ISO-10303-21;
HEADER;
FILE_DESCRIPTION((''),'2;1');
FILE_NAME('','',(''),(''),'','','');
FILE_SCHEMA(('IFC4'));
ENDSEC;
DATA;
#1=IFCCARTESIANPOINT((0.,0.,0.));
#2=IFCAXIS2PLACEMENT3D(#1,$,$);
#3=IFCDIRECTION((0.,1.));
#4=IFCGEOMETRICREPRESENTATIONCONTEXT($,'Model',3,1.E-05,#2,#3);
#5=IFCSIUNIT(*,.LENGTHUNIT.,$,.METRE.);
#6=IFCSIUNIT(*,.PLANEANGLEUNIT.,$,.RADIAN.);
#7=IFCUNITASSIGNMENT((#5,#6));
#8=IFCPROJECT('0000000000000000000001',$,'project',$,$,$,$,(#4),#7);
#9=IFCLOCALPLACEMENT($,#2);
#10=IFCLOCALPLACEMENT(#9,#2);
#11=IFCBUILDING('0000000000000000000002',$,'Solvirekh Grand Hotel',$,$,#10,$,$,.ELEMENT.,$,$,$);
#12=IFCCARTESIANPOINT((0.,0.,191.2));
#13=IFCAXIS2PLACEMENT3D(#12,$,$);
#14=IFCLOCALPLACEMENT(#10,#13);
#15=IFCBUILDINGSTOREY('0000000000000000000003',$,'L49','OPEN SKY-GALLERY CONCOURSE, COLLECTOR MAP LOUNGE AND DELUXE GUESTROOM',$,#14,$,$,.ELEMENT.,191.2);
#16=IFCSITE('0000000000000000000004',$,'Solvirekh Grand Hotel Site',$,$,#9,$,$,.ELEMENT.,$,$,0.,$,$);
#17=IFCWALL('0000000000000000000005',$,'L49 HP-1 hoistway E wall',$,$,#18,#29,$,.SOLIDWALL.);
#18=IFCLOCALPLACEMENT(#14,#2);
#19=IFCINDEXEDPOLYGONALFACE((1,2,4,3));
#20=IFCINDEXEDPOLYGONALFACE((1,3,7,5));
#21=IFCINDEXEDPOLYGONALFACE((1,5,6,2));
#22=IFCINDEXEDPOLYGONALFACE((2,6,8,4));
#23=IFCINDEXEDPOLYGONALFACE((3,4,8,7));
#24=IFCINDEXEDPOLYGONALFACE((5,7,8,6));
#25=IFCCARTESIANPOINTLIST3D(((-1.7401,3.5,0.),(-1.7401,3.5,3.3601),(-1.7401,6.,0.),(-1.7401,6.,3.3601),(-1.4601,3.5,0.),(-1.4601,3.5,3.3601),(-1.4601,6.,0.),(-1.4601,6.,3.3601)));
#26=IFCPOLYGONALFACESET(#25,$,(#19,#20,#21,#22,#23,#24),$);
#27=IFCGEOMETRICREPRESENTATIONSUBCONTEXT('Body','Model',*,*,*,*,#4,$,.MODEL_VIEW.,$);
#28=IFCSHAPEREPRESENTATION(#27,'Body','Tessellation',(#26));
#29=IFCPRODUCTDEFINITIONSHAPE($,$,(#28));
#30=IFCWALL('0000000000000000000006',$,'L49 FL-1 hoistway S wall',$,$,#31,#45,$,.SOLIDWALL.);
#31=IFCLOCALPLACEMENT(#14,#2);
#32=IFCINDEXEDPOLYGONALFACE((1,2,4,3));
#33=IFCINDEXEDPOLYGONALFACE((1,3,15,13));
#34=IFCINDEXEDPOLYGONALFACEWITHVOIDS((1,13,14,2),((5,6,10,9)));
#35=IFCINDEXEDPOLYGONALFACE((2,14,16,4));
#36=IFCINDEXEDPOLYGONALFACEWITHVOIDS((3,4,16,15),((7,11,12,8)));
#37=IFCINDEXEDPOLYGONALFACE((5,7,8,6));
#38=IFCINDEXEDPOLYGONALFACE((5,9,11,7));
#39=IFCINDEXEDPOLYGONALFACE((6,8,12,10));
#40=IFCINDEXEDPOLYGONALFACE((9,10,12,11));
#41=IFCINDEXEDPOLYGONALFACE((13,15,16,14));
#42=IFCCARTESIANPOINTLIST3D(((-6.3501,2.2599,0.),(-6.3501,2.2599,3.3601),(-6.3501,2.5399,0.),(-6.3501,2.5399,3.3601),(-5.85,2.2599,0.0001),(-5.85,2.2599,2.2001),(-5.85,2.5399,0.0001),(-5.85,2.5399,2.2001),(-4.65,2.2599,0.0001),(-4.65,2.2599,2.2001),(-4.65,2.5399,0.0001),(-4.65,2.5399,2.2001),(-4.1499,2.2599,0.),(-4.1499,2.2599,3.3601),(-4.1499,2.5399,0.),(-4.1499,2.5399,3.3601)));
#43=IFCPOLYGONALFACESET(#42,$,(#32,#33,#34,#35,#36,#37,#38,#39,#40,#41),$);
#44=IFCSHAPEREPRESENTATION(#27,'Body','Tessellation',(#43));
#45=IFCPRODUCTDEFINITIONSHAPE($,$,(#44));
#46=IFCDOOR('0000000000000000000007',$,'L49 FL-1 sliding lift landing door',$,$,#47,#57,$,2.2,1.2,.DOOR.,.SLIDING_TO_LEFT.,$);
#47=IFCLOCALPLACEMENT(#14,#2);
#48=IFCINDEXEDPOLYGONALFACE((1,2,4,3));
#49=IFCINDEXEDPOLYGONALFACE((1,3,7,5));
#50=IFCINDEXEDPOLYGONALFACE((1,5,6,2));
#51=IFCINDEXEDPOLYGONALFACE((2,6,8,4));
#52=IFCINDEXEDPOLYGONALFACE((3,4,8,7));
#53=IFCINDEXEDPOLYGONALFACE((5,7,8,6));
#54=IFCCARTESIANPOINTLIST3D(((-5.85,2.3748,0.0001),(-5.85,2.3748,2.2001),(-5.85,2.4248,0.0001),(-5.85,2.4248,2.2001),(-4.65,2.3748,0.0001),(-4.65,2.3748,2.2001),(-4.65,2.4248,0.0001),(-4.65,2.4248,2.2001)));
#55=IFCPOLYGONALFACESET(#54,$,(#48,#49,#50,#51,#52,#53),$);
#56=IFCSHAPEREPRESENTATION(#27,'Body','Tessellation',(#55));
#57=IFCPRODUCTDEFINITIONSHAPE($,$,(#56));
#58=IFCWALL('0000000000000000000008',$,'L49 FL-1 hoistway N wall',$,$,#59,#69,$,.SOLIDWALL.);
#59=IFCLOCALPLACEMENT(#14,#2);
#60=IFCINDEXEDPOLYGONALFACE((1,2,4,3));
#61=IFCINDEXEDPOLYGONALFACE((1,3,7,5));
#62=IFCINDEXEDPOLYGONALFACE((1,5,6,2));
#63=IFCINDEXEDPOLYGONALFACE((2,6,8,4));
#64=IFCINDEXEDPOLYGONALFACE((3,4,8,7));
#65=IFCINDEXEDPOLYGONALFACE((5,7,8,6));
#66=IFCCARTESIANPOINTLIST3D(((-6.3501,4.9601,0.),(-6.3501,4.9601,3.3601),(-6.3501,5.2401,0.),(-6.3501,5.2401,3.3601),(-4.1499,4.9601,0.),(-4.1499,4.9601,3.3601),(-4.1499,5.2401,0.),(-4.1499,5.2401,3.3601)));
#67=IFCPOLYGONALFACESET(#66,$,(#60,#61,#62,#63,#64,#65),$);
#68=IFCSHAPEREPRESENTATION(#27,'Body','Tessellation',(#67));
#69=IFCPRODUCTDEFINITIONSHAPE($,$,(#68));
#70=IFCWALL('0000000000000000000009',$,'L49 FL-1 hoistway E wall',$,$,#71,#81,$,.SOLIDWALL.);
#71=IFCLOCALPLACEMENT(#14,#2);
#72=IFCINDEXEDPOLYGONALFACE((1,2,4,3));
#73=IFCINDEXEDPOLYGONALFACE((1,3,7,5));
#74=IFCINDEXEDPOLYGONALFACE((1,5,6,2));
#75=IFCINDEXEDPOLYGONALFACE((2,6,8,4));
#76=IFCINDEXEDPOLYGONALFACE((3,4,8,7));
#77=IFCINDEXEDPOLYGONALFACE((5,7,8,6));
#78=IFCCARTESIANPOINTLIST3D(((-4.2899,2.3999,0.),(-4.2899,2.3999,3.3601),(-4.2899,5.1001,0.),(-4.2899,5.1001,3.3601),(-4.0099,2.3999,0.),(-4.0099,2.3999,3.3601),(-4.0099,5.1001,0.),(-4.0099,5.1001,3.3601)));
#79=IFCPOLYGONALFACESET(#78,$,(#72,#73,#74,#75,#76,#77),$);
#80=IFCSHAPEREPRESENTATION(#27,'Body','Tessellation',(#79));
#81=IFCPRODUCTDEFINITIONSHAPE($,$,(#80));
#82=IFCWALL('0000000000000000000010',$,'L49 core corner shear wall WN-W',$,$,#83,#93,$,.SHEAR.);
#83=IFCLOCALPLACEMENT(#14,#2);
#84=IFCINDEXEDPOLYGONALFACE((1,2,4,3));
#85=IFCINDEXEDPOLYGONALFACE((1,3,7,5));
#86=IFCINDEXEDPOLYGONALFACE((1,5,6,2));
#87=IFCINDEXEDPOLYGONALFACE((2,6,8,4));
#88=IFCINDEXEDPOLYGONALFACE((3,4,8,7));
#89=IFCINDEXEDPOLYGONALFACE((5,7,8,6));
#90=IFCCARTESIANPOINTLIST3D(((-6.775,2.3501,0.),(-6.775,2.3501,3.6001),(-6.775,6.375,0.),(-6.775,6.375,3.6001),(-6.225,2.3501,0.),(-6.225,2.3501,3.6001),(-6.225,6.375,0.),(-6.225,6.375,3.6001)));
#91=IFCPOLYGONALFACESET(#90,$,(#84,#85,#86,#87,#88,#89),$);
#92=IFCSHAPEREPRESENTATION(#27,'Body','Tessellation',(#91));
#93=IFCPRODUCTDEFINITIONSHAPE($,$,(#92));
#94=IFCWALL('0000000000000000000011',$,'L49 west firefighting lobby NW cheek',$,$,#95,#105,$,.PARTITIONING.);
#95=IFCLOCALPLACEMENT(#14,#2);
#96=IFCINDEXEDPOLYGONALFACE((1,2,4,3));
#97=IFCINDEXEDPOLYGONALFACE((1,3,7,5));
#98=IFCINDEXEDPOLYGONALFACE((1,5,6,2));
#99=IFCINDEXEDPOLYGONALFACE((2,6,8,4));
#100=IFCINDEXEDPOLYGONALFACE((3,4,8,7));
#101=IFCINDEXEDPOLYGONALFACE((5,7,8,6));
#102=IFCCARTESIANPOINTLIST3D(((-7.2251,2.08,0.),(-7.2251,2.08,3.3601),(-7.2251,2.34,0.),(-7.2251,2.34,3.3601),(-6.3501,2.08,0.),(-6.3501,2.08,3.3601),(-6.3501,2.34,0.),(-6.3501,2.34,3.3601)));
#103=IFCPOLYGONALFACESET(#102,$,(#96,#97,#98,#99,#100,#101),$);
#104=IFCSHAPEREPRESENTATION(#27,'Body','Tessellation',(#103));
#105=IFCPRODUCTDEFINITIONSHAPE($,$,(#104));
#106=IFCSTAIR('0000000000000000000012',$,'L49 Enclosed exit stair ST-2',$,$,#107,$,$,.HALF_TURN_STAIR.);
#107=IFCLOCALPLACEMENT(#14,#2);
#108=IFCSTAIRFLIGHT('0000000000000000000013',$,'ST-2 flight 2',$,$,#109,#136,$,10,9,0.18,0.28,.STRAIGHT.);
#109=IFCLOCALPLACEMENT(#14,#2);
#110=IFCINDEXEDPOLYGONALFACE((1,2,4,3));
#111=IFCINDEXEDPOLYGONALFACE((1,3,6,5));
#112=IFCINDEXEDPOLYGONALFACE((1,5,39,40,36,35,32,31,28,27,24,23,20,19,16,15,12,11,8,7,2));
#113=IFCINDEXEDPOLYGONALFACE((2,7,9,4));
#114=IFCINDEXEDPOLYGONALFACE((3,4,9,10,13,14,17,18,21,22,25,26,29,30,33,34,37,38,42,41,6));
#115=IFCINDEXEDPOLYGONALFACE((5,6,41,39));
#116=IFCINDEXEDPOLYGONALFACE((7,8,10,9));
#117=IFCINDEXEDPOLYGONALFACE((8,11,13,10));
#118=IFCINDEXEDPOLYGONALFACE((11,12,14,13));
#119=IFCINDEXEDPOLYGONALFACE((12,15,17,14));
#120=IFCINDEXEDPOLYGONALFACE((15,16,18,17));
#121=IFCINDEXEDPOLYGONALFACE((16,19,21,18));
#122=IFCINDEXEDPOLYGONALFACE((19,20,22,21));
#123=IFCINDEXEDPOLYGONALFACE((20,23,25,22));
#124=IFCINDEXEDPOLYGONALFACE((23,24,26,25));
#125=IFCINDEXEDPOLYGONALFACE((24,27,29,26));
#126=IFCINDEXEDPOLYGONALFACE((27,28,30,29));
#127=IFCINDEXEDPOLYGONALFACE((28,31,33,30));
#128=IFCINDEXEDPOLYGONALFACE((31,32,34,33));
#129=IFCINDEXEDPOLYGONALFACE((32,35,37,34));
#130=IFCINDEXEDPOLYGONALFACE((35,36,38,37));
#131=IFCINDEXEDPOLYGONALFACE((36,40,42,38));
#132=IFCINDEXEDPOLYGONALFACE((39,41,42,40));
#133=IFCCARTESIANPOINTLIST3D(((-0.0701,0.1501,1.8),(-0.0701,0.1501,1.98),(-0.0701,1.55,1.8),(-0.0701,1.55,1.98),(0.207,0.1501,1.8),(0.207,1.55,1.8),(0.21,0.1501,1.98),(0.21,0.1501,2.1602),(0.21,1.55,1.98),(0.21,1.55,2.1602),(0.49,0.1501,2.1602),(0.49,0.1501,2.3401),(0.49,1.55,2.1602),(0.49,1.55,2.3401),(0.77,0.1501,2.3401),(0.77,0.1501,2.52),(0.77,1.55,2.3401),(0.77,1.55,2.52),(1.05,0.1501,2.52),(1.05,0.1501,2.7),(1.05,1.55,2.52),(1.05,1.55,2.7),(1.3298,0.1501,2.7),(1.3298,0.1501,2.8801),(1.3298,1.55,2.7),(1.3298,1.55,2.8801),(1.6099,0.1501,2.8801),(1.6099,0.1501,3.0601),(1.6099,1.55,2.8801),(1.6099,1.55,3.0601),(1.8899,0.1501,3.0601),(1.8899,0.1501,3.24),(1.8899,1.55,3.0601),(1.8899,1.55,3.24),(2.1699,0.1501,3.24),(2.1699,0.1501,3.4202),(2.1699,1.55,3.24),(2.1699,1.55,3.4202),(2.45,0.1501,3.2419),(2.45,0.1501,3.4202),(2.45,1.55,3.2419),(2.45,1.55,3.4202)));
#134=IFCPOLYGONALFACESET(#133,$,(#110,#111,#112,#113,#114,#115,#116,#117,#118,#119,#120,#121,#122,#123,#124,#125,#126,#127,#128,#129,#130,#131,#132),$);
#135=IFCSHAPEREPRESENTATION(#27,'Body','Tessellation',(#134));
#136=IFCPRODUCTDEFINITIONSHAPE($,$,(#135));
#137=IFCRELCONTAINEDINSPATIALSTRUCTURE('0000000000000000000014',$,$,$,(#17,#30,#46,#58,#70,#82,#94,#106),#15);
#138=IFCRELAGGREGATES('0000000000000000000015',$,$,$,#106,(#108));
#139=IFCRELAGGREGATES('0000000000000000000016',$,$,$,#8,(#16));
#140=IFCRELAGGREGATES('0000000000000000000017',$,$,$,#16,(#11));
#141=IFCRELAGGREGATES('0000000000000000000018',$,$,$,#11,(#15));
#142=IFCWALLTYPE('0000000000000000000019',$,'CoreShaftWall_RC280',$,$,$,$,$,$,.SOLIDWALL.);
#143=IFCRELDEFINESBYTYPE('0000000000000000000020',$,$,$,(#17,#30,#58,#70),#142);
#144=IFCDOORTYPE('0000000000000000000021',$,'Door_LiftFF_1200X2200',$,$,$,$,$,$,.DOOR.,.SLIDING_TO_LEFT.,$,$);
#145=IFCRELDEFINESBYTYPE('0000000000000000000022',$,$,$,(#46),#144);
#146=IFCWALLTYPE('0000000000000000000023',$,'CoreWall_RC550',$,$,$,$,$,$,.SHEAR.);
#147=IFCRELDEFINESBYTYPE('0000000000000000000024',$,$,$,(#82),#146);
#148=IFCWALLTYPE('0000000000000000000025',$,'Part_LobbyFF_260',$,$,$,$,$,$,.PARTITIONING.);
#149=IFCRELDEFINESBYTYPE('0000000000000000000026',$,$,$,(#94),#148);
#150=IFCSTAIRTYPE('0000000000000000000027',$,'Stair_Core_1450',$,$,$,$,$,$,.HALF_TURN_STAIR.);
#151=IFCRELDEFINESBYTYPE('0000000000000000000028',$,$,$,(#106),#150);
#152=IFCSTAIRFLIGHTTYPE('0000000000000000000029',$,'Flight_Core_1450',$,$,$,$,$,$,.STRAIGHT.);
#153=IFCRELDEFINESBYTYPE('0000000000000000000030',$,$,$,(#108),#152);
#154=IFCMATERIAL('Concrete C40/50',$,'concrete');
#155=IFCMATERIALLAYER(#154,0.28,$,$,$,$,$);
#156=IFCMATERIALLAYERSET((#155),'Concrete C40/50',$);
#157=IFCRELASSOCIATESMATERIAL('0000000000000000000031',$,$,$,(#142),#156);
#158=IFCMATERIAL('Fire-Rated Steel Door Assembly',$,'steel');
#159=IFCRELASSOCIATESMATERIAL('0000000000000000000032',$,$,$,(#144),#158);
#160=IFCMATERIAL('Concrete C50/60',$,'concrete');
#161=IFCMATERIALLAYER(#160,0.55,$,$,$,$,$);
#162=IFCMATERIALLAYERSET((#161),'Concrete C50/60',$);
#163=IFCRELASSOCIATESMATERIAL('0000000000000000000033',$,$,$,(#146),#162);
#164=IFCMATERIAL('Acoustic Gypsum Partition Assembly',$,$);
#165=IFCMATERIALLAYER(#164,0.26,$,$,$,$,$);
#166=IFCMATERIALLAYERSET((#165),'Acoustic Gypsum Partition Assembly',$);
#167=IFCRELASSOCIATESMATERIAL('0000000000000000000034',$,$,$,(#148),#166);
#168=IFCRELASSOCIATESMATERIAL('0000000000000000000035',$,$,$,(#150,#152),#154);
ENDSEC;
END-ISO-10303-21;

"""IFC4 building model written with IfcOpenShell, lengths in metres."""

from ifc_helpers import new_model, si_unit, direction, frame, frame_2d, origin, place, context, subcontext, project, spatial, polyline, rectangle, outline, extrude, material, layer, layer_set, type_object, element, fill, aggregate, save


model = new_model("IFC4")

# Units and contexts
model_context = context("Model", 3, precision=1e-05, world=origin(), true_north=direction((0.0, 1.0)))
body_context = subcontext(model_context, "Body", "Model", "MODEL_VIEW")
ifc_project = project(units=[si_unit("LENGTHUNIT", "METRE"), si_unit("PLANEANGLEUNIT", "RADIAN")], contexts=[model_context])

# Site, building, storey
site_placement = place(None, origin())
site = spatial("IfcSite", under=ifc_project, at=site_placement, Name="Solvirekh Grand Hotel Site", CompositionType="ELEMENT", RefElevation=0.0)
building_placement = place(site_placement, origin())
building = spatial("IfcBuilding", under=site, at=building_placement, Name="Solvirekh Grand Hotel", CompositionType="ELEMENT")
storey_placement = place(building_placement, frame((0.0, 0.0, 191.2)))
storey = spatial("IfcBuildingStorey", under=building, at=storey_placement, Name="L49", Description="OPEN SKY-GALLERY CONCOURSE, COLLECTOR MAP LOUNGE AND DELUXE GUESTROOM", CompositionType="ELEMENT", Elevation=191.2)

# Shared definitions
ifc_material_1 = material(Name="Concrete C50/60", Category="concrete")

# Shared definitions
ifc_material_2 = material(Name="Concrete C40/50", Category="concrete")
ifc_layer_1 = layer(ifc_material_2, 0.28)
ifc_layer_set_1 = layer_set([ifc_layer_1], Name="Concrete C40/50")
wall_type_1 = type_object("IfcWallType", Name="CoreShaftWall_RC280", PredefinedType="SOLIDWALL", material=ifc_layer_set_1)
ifc_material_3 = material(Name="Fire-Rated Steel Door Assembly", Category="steel")

# Wall
for number, where, z_axis, x_axis, name in (
    (1, (-1.6001, 3.5, 0.0), (0.0, 0.0, 1.0), (0.0, 1.0, 0.0), "L49 HP-1 hoistway E wall"),
):
    element("IfcWall", number, at=place(storey_placement, frame(where, z_axis=z_axis, x_axis=x_axis)), inside=storey, type_object=wall_type_1, Name=name, PredefinedType="SOLIDWALL", context=body_context, shape_type="SweptSolid", body=[
        extrude(rectangle(XDim=2.5, YDim=0.28, at=frame_2d((1.25, 0.0))), origin(), (0.0, 0.0, 1.0), 3.3601),
    ])

# Wall, opening, door
wall_1_placement = place(storey_placement, frame((-6.3501, 2.3999, 0.0), z_axis=(0.0, 0.0, 1.0), x_axis=(1.0, 0.0, 0.0)))
wall_1 = element("IfcWall", 2, at=wall_1_placement, inside=storey, type_object=wall_type_1, Name="L49 FL-1 hoistway S wall", PredefinedType="SOLIDWALL", context=body_context, shape_type="SweptSolid", body=[
    extrude(rectangle(XDim=2.2002, YDim=0.28, at=frame_2d((1.1001, 0.0))), origin(), (0.0, 0.0, 1.0), 3.3601),
])
opening_1_placement = place(wall_1_placement, frame((0.5, 0.0, 0.0)))
opening_1 = element("IfcOpeningElement", 3, at=opening_1_placement, cuts=wall_1, PredefinedType="OPENING", context=body_context, shape_type="SweptSolid", body=[
    extrude(rectangle(XDim=1.2, YDim=2.2, at=frame_2d((0.6001, 1.1001))), frame((0.0, 0.1499, 0.0), z_axis=(0.0, -1.0, 0.0), x_axis=(1.0, 0.0, 0.0)), (0.0, 0.0, 1.0), 0.3),
])
door_type_1 = type_object("IfcDoorType", Name="Door_LiftFF_1200X2200", OperationType="SLIDING_TO_LEFT", PredefinedType="DOOR", material=ifc_material_3)
door_1_placement = place(opening_1_placement, origin())
door_1 = element("IfcDoor", 4, at=door_1_placement, inside=storey, type_object=door_type_1, Name="L49 FL-1 sliding lift landing door", OperationType="SLIDING_TO_LEFT", OverallHeight=2.2, OverallWidth=1.2, PredefinedType="DOOR", context=body_context, shape_type="SweptSolid", body=[
    extrude(rectangle(XDim=1.2, YDim=2.2, at=frame_2d((0.6001, 1.1001))), frame((0.0, 0.0249, 0.0), z_axis=(0.0, -1.0, 0.0), x_axis=(1.0, 0.0, 0.0)), (0.0, 0.0, 1.0), 0.05),
])
fill(opening_1, door_1)

# Walls
wall_2_placement = place(storey_placement, frame((-4.1499, 5.1001, 0.0), z_axis=(0.0, 0.0, 1.0), x_axis=(-1.0, 0.0, 0.0)))
element("IfcWall", 5, at=wall_2_placement, inside=storey, type_object=wall_type_1, Name="L49 FL-1 hoistway N wall", PredefinedType="SOLIDWALL", context=body_context, shape_type="SweptSolid", body=[
    extrude(rectangle(XDim=2.2002, YDim=0.28, at=frame_2d((1.1001, 0.0))), origin(), (0.0, 0.0, 1.0), 3.3601),
])
wall_3_placement = place(storey_placement, frame((-4.1499, 2.3999, 0.0), z_axis=(0.0, 0.0, 1.0), x_axis=(0.0, 1.0, 0.0)))
element("IfcWall", 6, at=wall_3_placement, inside=storey, type_object=wall_type_1, Name="L49 FL-1 hoistway E wall", PredefinedType="SOLIDWALL", context=body_context, shape_type="SweptSolid", body=[
    extrude(rectangle(XDim=2.7002, YDim=0.28, at=frame_2d((1.3501, 0.0))), origin(), (0.0, 0.0, 1.0), 3.3601),
])
ifc_layer_2 = layer(ifc_material_1, 0.55)
ifc_layer_set_2 = layer_set([ifc_layer_2], Name="Concrete C50/60")
wall_type_2 = type_object("IfcWallType", Name="CoreWall_RC550", PredefinedType="SHEAR", material=ifc_layer_set_2)
wall_4_placement = place(storey_placement, frame((-6.5, 2.3501, 0.0), z_axis=(0.0, 0.0, 1.0), x_axis=(0.0, 1.0, 0.0)))
element("IfcWall", 7, at=wall_4_placement, inside=storey, type_object=wall_type_2, Name="L49 core corner shear wall WN-W", PredefinedType="SHEAR", context=body_context, shape_type="SweptSolid", body=[
    extrude(rectangle(XDim=4.0249, YDim=0.55, at=frame_2d((2.0125, 0.0))), origin(), (0.0, 0.0, 1.0), 3.6001),
])
ifc_material_4 = material(Name="Acoustic Gypsum Partition Assembly")
ifc_layer_3 = layer(ifc_material_4, 0.26)
ifc_layer_set_3 = layer_set([ifc_layer_3], Name="Acoustic Gypsum Partition Assembly")
wall_type_3 = type_object("IfcWallType", Name="Part_LobbyFF_260", PredefinedType="PARTITIONING", material=ifc_layer_set_3)
wall_5_placement = place(storey_placement, frame((-7.2251, 2.21, 0.0), z_axis=(0.0, 0.0, 1.0), x_axis=(1.0, 0.0, 0.0)))
element("IfcWall", 8, at=wall_5_placement, inside=storey, type_object=wall_type_3, Name="L49 west firefighting lobby NW cheek", PredefinedType="PARTITIONING", context=body_context, shape_type="SweptSolid", body=[
    extrude(rectangle(XDim=0.875, YDim=0.26, at=frame_2d((0.4375, 0.0))), origin(), (0.0, 0.0, 1.0), 3.3601),
])

# Stair, stair flight
stair_type = type_object("IfcStairType", Name="Stair_Core_1450", PredefinedType="HALF_TURN_STAIR", material=ifc_material_2)
stair_placement = place(storey_placement, origin())
stair = element("IfcStair", 9, at=stair_placement, inside=storey, type_object=stair_type, Name="L49 Enclosed exit stair ST-2", PredefinedType="HALF_TURN_STAIR")
stair_flight_type = type_object("IfcStairFlightType", Name="Flight_Core_1450", PredefinedType="STRAIGHT", material=ifc_material_2)
stair_flight_placement = place(storey_placement, frame((-0.0701, 0.8501, 1.8), z_axis=(0.0, 0.0, 1.0), x_axis=(1.0, 0.0, 0.0)))
stair_flight = element("IfcStairFlight", 10, at=stair_flight_placement, type_object=stair_flight_type, Name="ST-2 flight 2", NumberOfRisers=10, NumberOfTreads=9, PredefinedType="STRAIGHT", RiserHeight=0.18, TreadLength=0.28, context=body_context, shape_type="SweptSolid", body=[
    extrude(outline(polyline([(0.0, 0.0), (0.0, 0.1799), (0.28, 0.1799), (0.28, 0.3601), (0.5601, 0.3601), (0.5601, 0.54), (0.8401, 0.54), (0.8401, 0.72), (1.1201, 0.72), (1.1201, 0.8999), (1.3999, 0.8999), (1.3999, 1.0801), (1.6799, 1.0801), (1.6799, 1.26), (1.96, 1.26), (1.96, 1.4399), (2.24, 1.4399), (2.24, 1.6201), (2.52, 1.6201), (2.52, 1.8), (2.52, 1.4419), (0.2771, 0.0), (0.0, 0.0)])), frame((0.0, 0.7, 0.0), z_axis=(0.0, -1.0, 0.0), x_axis=(1.0, 0.0, 0.0)), (0.0, 0.0, 1.0), 1.3999),
])
aggregate(stair, [stair_flight])

save(model, "model.ifc")
